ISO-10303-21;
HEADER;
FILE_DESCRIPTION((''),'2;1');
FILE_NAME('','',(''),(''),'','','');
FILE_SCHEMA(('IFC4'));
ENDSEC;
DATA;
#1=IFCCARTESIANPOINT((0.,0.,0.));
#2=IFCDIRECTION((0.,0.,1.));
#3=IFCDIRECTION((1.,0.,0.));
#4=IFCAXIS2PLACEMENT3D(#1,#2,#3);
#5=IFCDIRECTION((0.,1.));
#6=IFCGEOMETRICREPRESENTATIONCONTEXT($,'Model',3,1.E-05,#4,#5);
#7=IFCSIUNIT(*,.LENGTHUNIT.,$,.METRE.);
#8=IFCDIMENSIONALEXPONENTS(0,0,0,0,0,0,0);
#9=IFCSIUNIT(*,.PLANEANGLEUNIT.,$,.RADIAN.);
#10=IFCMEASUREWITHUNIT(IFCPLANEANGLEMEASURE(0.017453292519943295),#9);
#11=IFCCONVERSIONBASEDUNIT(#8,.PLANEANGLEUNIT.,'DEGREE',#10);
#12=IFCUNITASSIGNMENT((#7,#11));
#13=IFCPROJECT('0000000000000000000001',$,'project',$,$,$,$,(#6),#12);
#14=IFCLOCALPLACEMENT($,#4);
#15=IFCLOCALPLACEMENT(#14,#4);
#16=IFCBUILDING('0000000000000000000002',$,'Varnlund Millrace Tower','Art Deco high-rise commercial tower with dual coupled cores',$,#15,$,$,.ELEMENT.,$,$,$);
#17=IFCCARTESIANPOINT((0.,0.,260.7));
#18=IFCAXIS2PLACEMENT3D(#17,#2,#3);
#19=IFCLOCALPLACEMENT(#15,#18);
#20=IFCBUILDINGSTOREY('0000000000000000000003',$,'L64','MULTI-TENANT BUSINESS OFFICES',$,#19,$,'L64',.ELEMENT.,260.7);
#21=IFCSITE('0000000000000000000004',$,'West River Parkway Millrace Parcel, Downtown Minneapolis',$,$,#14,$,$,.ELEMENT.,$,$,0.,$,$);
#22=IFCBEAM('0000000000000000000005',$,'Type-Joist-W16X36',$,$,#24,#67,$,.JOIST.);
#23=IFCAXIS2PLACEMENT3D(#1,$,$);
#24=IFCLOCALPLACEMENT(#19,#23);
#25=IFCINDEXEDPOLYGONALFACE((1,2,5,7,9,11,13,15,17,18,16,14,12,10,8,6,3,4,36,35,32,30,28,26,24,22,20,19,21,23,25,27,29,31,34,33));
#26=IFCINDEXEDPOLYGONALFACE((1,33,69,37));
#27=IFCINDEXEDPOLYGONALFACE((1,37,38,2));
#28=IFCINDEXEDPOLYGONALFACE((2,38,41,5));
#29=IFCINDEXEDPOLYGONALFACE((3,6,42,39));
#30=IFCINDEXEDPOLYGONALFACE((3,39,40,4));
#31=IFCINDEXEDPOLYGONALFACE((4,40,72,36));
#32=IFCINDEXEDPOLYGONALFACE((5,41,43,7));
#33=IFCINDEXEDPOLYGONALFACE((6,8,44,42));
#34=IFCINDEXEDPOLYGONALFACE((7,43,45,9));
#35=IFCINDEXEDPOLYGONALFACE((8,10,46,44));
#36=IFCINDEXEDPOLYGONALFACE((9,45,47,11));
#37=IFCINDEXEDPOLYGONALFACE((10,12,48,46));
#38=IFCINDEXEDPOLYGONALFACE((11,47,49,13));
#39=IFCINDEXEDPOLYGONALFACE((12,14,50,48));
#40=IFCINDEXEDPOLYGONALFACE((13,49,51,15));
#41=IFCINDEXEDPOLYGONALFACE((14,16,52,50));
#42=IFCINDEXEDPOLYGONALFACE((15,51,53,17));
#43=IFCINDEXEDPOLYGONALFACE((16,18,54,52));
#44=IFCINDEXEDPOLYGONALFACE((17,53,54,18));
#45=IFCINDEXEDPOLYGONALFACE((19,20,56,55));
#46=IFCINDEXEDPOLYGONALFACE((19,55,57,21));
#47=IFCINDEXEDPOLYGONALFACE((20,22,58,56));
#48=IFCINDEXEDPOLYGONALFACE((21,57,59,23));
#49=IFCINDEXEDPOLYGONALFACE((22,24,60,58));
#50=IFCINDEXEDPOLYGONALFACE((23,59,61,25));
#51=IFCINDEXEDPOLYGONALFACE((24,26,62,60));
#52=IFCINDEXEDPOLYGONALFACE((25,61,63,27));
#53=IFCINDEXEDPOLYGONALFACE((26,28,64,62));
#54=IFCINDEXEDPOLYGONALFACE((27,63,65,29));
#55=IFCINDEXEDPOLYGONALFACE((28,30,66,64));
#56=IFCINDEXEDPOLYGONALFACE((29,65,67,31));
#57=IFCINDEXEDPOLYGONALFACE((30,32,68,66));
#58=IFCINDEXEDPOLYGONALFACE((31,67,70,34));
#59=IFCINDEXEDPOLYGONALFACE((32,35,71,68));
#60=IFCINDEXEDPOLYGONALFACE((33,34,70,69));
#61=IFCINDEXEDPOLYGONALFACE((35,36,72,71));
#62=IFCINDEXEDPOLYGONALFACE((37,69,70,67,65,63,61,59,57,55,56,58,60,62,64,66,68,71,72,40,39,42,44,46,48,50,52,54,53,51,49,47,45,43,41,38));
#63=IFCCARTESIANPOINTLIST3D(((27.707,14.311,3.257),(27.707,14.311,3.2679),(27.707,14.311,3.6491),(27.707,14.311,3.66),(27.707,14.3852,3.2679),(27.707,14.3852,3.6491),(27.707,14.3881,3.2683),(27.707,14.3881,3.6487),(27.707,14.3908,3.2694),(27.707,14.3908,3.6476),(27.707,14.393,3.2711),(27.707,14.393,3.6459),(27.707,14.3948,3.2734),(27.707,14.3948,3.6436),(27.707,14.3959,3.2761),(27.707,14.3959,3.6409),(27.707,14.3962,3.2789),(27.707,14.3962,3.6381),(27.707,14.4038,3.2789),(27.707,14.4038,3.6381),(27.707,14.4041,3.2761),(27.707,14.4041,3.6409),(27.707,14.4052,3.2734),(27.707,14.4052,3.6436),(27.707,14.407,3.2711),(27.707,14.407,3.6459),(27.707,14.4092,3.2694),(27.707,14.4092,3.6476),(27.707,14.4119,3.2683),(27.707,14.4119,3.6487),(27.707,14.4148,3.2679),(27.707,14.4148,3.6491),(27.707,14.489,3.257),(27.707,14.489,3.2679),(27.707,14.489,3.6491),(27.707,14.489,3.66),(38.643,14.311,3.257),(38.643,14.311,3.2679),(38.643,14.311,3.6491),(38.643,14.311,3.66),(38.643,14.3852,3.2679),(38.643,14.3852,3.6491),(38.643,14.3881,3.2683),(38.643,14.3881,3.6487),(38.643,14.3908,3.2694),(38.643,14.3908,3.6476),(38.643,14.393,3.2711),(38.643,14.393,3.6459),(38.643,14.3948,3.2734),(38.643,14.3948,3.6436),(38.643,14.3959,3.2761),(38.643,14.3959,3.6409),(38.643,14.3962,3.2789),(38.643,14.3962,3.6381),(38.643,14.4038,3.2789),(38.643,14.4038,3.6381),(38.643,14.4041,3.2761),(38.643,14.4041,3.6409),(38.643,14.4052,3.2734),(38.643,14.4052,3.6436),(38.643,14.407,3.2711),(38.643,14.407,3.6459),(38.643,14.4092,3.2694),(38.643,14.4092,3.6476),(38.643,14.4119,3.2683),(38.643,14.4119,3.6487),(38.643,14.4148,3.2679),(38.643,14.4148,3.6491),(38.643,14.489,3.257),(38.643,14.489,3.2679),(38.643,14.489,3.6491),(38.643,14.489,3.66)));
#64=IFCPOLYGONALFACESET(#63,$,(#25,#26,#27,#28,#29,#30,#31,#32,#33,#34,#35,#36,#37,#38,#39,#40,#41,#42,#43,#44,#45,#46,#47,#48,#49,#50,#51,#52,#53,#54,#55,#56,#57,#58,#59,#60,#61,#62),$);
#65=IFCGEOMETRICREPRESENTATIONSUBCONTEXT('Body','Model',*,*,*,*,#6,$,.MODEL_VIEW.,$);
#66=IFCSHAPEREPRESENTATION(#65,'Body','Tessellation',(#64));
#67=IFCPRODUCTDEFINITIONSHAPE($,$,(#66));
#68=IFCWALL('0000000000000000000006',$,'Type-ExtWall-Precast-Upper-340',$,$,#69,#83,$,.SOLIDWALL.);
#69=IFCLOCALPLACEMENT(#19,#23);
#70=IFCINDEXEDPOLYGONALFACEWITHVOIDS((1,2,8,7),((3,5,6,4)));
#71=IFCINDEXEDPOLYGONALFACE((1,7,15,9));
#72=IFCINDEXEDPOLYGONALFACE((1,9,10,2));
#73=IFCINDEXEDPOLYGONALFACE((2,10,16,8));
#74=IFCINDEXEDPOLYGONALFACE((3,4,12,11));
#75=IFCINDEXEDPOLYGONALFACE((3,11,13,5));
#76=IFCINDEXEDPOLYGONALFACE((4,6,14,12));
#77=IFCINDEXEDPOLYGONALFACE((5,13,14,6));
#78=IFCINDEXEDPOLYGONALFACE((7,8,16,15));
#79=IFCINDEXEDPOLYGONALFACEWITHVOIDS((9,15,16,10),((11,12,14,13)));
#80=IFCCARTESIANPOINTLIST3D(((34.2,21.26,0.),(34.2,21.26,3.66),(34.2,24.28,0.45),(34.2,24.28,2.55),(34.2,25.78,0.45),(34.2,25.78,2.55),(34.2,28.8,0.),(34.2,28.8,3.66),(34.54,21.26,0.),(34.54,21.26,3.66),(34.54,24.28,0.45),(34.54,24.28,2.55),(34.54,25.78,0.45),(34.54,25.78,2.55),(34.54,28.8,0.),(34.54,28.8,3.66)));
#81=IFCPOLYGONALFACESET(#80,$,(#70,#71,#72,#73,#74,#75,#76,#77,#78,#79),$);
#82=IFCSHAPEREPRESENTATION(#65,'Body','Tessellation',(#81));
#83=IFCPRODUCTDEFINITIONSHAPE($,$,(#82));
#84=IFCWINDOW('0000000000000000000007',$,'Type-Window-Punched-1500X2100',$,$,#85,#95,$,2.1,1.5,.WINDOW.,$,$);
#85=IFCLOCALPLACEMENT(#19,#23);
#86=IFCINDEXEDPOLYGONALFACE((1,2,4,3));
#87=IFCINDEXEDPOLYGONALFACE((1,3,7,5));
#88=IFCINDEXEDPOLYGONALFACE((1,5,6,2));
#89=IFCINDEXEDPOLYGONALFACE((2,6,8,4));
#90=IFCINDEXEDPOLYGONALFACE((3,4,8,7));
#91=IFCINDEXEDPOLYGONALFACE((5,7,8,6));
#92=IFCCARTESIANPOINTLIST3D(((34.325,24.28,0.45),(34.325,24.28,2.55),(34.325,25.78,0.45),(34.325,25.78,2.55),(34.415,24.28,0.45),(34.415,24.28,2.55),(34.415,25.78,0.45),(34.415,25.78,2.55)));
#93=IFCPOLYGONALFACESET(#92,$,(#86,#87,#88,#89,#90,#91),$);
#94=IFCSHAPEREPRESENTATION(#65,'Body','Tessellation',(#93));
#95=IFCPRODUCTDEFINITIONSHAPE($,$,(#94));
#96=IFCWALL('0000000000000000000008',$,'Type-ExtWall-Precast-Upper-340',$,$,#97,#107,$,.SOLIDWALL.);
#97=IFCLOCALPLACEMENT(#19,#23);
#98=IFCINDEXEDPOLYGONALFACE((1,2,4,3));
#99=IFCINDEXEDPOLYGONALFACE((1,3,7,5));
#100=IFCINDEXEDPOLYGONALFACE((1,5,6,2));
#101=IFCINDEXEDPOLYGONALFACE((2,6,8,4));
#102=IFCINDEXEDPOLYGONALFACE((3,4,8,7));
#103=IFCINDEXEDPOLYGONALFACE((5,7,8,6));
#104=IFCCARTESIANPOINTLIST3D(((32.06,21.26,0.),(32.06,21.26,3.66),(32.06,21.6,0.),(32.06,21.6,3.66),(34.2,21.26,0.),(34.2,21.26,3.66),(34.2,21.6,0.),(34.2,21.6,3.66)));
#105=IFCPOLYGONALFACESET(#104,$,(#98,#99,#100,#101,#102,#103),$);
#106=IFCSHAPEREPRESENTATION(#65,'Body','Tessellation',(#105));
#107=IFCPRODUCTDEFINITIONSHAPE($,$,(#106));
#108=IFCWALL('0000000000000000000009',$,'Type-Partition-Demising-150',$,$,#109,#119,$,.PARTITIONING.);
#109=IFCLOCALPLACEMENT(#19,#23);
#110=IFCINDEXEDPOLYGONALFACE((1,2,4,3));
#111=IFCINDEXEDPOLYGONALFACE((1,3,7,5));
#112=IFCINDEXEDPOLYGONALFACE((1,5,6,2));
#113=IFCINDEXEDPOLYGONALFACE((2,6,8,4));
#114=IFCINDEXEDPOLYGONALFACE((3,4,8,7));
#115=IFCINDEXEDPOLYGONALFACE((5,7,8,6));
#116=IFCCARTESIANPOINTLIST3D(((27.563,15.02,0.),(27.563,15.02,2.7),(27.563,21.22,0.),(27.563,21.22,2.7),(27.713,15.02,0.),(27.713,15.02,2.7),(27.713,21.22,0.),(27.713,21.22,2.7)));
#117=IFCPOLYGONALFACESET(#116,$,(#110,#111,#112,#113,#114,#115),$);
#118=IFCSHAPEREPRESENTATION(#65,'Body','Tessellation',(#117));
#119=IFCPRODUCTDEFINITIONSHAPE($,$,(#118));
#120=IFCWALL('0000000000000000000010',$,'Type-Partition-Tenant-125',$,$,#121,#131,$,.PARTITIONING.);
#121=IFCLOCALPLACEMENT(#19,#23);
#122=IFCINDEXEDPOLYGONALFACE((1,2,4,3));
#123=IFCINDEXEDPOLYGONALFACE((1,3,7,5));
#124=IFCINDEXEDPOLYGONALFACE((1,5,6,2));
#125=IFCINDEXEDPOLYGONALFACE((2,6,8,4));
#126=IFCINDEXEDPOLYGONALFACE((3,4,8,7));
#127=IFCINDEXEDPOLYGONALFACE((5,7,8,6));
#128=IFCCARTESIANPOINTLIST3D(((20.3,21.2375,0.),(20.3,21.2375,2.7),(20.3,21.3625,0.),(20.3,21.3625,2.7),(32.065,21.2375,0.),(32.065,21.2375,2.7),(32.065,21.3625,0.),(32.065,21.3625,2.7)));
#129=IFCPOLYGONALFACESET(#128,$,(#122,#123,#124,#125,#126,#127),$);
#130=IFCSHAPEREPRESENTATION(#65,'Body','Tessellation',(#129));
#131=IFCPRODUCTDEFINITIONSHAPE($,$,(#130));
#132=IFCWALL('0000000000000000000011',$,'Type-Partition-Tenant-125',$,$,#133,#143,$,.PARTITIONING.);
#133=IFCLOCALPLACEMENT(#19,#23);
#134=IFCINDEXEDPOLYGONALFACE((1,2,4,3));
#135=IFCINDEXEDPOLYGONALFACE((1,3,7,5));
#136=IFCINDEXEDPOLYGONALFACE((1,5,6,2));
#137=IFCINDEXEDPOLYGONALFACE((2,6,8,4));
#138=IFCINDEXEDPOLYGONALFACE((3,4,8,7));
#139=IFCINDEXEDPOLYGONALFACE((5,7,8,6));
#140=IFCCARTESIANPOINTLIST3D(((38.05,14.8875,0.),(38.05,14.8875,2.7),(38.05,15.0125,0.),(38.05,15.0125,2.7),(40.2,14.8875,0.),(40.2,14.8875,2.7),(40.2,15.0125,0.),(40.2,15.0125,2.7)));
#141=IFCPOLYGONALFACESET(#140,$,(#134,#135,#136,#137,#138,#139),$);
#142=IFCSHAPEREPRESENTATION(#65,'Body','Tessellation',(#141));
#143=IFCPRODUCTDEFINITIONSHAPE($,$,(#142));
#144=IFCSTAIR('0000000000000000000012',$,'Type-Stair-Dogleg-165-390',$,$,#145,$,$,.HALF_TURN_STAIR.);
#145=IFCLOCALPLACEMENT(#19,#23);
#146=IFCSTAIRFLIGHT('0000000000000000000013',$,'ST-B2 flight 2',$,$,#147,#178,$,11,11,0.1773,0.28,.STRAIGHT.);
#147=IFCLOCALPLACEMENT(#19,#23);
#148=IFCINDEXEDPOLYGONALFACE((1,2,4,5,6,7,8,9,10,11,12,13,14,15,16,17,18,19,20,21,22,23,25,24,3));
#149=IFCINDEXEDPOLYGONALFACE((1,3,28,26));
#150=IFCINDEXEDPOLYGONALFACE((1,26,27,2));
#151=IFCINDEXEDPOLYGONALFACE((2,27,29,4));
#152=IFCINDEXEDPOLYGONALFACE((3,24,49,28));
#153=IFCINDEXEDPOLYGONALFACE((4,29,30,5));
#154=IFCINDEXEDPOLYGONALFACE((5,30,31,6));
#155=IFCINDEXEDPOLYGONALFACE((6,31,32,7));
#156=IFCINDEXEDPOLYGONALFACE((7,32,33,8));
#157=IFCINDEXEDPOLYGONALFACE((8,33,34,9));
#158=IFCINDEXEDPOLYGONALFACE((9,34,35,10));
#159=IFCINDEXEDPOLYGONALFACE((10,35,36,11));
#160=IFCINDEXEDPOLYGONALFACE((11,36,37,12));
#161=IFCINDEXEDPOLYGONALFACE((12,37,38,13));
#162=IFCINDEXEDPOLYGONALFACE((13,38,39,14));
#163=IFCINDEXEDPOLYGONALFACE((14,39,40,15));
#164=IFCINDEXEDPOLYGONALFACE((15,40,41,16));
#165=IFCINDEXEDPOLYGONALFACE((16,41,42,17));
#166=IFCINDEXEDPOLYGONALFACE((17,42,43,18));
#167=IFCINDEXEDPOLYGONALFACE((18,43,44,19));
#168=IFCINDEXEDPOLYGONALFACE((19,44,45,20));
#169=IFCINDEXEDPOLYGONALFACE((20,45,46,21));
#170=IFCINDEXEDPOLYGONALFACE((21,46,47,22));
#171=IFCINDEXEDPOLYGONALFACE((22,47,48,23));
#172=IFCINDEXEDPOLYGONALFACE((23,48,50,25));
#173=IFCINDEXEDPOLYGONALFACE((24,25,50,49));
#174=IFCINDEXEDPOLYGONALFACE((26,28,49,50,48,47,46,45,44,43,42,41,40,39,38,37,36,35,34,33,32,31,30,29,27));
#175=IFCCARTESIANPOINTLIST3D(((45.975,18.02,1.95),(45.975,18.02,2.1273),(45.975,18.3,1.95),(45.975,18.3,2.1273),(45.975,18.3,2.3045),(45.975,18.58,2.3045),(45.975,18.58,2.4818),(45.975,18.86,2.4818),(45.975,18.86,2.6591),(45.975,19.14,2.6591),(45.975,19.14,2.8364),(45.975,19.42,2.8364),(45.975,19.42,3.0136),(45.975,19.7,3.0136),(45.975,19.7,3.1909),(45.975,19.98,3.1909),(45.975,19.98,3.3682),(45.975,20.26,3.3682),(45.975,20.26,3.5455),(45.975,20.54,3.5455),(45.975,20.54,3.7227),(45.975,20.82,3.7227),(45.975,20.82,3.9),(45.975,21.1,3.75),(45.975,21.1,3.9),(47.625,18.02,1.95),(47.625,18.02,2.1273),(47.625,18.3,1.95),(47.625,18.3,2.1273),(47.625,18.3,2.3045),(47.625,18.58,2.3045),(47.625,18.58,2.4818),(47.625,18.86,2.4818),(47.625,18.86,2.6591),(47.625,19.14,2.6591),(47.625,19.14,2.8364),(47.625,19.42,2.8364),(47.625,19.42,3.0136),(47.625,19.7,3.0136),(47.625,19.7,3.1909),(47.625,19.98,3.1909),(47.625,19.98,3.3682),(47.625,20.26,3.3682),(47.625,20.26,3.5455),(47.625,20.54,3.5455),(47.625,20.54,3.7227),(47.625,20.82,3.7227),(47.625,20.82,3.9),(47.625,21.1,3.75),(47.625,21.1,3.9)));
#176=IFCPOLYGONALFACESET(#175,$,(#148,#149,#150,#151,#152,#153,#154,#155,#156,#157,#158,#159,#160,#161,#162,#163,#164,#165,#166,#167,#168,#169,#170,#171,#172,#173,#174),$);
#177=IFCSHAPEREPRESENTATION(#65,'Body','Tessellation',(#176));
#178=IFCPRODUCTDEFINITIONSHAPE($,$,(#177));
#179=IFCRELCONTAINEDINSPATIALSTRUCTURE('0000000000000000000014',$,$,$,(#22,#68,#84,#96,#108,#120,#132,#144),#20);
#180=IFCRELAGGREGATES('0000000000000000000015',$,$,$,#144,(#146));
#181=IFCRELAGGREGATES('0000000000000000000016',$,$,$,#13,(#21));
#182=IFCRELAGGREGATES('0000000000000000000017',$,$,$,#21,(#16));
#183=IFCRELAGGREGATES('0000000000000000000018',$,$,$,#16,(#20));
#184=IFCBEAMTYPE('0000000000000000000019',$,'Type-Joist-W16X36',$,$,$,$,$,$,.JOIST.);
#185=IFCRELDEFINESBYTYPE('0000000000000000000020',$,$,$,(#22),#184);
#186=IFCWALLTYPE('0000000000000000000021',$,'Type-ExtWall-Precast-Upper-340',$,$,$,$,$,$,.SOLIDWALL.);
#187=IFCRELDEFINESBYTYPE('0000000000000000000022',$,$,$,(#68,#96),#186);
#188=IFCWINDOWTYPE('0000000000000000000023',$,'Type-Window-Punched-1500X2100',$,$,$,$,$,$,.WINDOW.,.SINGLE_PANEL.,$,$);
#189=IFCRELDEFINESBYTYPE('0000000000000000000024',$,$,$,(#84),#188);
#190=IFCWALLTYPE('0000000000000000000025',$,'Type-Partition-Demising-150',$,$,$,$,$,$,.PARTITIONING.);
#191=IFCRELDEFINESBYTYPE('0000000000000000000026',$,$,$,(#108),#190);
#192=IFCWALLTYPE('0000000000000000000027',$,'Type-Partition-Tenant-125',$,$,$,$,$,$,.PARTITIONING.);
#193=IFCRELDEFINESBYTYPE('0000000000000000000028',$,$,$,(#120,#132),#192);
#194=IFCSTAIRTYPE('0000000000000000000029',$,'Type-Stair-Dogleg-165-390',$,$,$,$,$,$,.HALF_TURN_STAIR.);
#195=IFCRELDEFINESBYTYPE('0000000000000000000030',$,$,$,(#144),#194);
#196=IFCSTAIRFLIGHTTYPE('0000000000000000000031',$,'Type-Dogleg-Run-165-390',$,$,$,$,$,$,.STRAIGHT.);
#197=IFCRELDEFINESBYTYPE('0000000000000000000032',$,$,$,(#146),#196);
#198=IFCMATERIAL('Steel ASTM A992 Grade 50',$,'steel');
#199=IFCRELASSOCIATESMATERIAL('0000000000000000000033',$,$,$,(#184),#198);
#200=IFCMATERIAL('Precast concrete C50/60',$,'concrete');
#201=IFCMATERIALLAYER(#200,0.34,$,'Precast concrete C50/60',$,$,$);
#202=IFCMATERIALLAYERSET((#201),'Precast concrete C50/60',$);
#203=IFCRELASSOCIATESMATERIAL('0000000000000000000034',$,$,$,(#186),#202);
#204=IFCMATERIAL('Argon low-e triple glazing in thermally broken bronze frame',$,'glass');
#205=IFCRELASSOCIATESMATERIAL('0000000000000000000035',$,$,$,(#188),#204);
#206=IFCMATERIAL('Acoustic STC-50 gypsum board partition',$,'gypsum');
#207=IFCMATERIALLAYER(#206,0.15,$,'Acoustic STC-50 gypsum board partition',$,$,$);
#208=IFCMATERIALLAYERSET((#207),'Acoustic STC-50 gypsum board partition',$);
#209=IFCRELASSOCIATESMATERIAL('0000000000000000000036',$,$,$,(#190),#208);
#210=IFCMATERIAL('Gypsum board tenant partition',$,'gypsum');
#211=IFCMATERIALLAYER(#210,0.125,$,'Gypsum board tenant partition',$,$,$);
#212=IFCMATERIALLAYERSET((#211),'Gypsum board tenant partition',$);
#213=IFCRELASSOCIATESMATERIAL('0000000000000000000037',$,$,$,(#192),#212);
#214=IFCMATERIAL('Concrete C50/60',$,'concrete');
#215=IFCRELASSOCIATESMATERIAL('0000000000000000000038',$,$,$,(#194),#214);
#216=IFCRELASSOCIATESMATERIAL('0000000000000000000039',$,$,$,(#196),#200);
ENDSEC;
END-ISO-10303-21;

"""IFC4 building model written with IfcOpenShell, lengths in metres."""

from ifc_helpers import new_model, entity, si_unit, converted_unit, direction, frame, origin_with_axes, origin_2d_with_axis, place, context, subcontext, project, spatial, polyline, rectangle, i_section, outline, extrude, material, layer, layer_set, material_profile, profile_set, type_object, element, fill, aggregate, save


model = new_model("IFC4")

# Units and contexts
model_context = context("Model", 3, precision=1e-05, world=origin_with_axes(), true_north=direction((0.0, 1.0)))
body_context = subcontext(model_context, "Body", "Model", "MODEL_VIEW")
ifc_project = project(units=[si_unit("LENGTHUNIT", "METRE"), converted_unit("PLANEANGLEUNIT", "DEGREE", entity("IfcPlaneAngleMeasure", 0.017453292519943295), si_unit("PLANEANGLEUNIT", "RADIAN"), dimensions=[0, 0, 0, 0, 0, 0, 0])], contexts=[model_context])

# Site, building, storey
site_placement = place(None, origin_with_axes())
site = spatial("IfcSite", under=ifc_project, at=site_placement, Name="West River Parkway Millrace Parcel, Downtown Minneapolis", CompositionType="ELEMENT", RefElevation=0.0)
building_placement = place(site_placement, origin_with_axes())
building = spatial("IfcBuilding", under=site, at=building_placement, Name="Varnlund Millrace Tower", Description="Art Deco high-rise commercial tower with dual coupled cores", CompositionType="ELEMENT")
storey_placement = place(building_placement, frame((0.0, 0.0, 260.7), z_axis=(0.0, 0.0, 1.0), x_axis=(1.0, 0.0, 0.0)))
storey = spatial("IfcBuildingStorey", under=building, at=storey_placement, Name="L64", Description="MULTI-TENANT BUSINESS OFFICES", LongName="L64", CompositionType="ELEMENT", Elevation=260.7)

# Beam
ifc_material_1 = material(Name="Steel ASTM A992 Grade 50", Category="steel")
ifc_material_profile_1 = material_profile(ifc_material_1, i_section(OverallWidth=0.178, OverallDepth=0.403, WebThickness=0.0075, FlangeThickness=0.0109, FilletRadius=0.011, at=origin_2d_with_axis()), Name="Steel ASTM A992 Grade 50")
ifc_profile_set_1 = profile_set([ifc_material_profile_1], Name="Steel ASTM A992 Grade 50")
beam_type_1 = type_object("IfcBeamType", Name="Type-Joist-W16X36", PredefinedType="JOIST", material=ifc_profile_set_1)
beam_1_placement = place(storey_placement, frame((27.707, 14.4, 3.4585), z_axis=(1.0, 0.0, 0.0), x_axis=(0.0, 1.0, 0.0)))
element("IfcBeam", 1, at=beam_1_placement, inside=storey, type_object=beam_type_1, Name="Type-Joist-W16X36", PredefinedType="JOIST", context=body_context, shape_type="SweptSolid", body=[
    extrude(i_section(OverallWidth=0.178, OverallDepth=0.403, WebThickness=0.0075, FlangeThickness=0.0109, FilletRadius=0.011, at=origin_2d_with_axis()), origin_with_axes(), (0.0, 0.0, 1.0), 10.936),
])

# Wall, opening, window
ifc_material_2 = material(Name="Precast concrete C50/60", Category="concrete")
ifc_layer_1 = layer(ifc_material_2, 0.34, Name="Precast concrete C50/60")
ifc_layer_set_1 = layer_set([ifc_layer_1], Name="Precast concrete C50/60")
wall_type_1 = type_object("IfcWallType", Name="Type-ExtWall-Precast-Upper-340", PredefinedType="SOLIDWALL", material=ifc_layer_set_1)
wall_1_placement = place(storey_placement, frame((34.37, 21.26, 0.0), z_axis=(0.0, 0.0, 1.0), x_axis=(0.0, 1.0, 0.0)))
wall_1 = element("IfcWall", 2, at=wall_1_placement, inside=storey, type_object=wall_type_1, Name="Type-ExtWall-Precast-Upper-340", PredefinedType="SOLIDWALL", context=body_context, shape_type="SweptSolid", body=[
    extrude(outline(polyline([(0.0, -0.17), (7.54, -0.17), (7.54, 0.17), (0.0, 0.17), (0.0, -0.17)])), origin_with_axes(), (0.0, 0.0, 1.0), 3.66),
])
opening_placement = place(wall_1_placement, frame((3.77, 0.0, 0.45), z_axis=(0.0, 0.0, 1.0), x_axis=(1.0, 0.0, 0.0)))
opening = element("IfcOpeningElement", 3, at=opening_placement, cuts=wall_1, PredefinedType="OPENING", context=body_context, shape_type="SweptSolid", body=[
    extrude(rectangle(XDim=1.5, YDim=0.36, at=origin_2d_with_axis()), origin_with_axes(), (0.0, 0.0, 1.0), 2.1),
])
ifc_material_3 = material(Name="Argon low-e triple glazing in thermally broken bronze frame", Category="glass")
window_type = type_object("IfcWindowType", Name="Type-Window-Punched-1500X2100", PartitioningType="SINGLE_PANEL", PredefinedType="WINDOW", material=ifc_material_3)
window_placement = place(wall_1_placement, frame((3.77, 0.0, 0.45), z_axis=(0.0, 0.0, 1.0), x_axis=(1.0, 0.0, 0.0)))
window = element("IfcWindow", 4, at=window_placement, inside=storey, type_object=window_type, Name="Type-Window-Punched-1500X2100", OverallHeight=2.1, OverallWidth=1.5, PredefinedType="WINDOW", context=body_context, shape_type="SweptSolid", body=[
    extrude(rectangle(XDim=1.5, YDim=0.09, at=origin_2d_with_axis()), origin_with_axes(), (0.0, 0.0, 1.0), 2.1),
])
fill(opening, window)

# Walls
wall_2_placement = place(storey_placement, frame((32.06, 21.43, 0.0), z_axis=(0.0, 0.0, 1.0), x_axis=(1.0, 0.0, 0.0)))
element("IfcWall", 5, at=wall_2_placement, inside=storey, type_object=wall_type_1, Name="Type-ExtWall-Precast-Upper-340", PredefinedType="SOLIDWALL", context=body_context, shape_type="SweptSolid", body=[
    extrude(outline(polyline([(0.0, -0.17), (2.14, -0.17), (2.14, 0.17), (0.0, 0.17), (0.0, -0.17)])), origin_with_axes(), (0.0, 0.0, 1.0), 3.66),
])
ifc_material_4 = material(Name="Acoustic STC-50 gypsum board partition", Category="gypsum")
ifc_layer_2 = layer(ifc_material_4, 0.15, Name="Acoustic STC-50 gypsum board partition")
ifc_layer_set_2 = layer_set([ifc_layer_2], Name="Acoustic STC-50 gypsum board partition")
wall_type_2 = type_object("IfcWallType", Name="Type-Partition-Demising-150", PredefinedType="PARTITIONING", material=ifc_layer_set_2)
wall_3_placement = place(storey_placement, frame((27.638, 15.02, 0.0), z_axis=(0.0, 0.0, 1.0), x_axis=(0.0, 1.0, 0.0)))
element("IfcWall", 6, at=wall_3_placement, inside=storey, type_object=wall_type_2, Name="Type-Partition-Demising-150", PredefinedType="PARTITIONING", context=body_context, shape_type="SweptSolid", body=[
    extrude(outline(polyline([(0.0, -0.075), (6.2, -0.075), (6.2, 0.075), (0.0, 0.075), (0.0, -0.075)])), origin_with_axes(), (0.0, 0.0, 1.0), 2.7),
])
ifc_material_5 = material(Name="Gypsum board tenant partition", Category="gypsum")
ifc_layer_3 = layer(ifc_material_5, 0.125, Name="Gypsum board tenant partition")
ifc_layer_set_3 = layer_set([ifc_layer_3], Name="Gypsum board tenant partition")
wall_type_3 = type_object("IfcWallType", Name="Type-Partition-Tenant-125", PredefinedType="PARTITIONING", material=ifc_layer_set_3)
wall_4_placement = place(storey_placement, frame((20.3, 21.3, 0.0), z_axis=(0.0, 0.0, 1.0), x_axis=(1.0, 0.0, 0.0)))
element("IfcWall", 7, at=wall_4_placement, inside=storey, type_object=wall_type_3, Name="Type-Partition-Tenant-125", PredefinedType="PARTITIONING", context=body_context, shape_type="SweptSolid", body=[
    extrude(outline(polyline([(0.0, -0.0625), (11.765, -0.0625), (11.765, 0.0625), (0.0, 0.0625), (0.0, -0.0625)])), origin_with_axes(), (0.0, 0.0, 1.0), 2.7),
])
wall_5_placement = place(storey_placement, frame((38.05, 14.95, 0.0), z_axis=(0.0, 0.0, 1.0), x_axis=(1.0, 0.0, 0.0)))
element("IfcWall", 8, at=wall_5_placement, inside=storey, type_object=wall_type_3, Name="Type-Partition-Tenant-125", PredefinedType="PARTITIONING", context=body_context, shape_type="SweptSolid", body=[
    extrude(outline(polyline([(0.0, -0.0625), (2.15, -0.0625), (2.15, 0.0625), (0.0, 0.0625), (0.0, -0.0625)])), origin_with_axes(), (0.0, 0.0, 1.0), 2.7),
])

# Stair, stair flight
ifc_material_6 = material(Name="Concrete C50/60", Category="concrete")
stair_type = type_object("IfcStairType", Name="Type-Stair-Dogleg-165-390", PredefinedType="HALF_TURN_STAIR", material=ifc_material_6)
stair_placement = place(storey_placement, origin_with_axes())
stair = element("IfcStair", 9, at=stair_placement, inside=storey, type_object=stair_type, Name="Type-Stair-Dogleg-165-390", PredefinedType="HALF_TURN_STAIR")
stair_flight_type = type_object("IfcStairFlightType", Name="Type-Dogleg-Run-165-390", PredefinedType="STRAIGHT", material=ifc_material_2)
stair_flight_placement = place(storey_placement, frame((45.975, 18.02, 1.95), z_axis=(1.0, 0.0, 0.0), x_axis=(0.0, 1.0, 0.0)))
stair_flight = element("IfcStairFlight", 10, at=stair_flight_placement, type_object=stair_flight_type, Name="ST-B2 flight 2", NumberOfRisers=11, NumberOfTreads=11, PredefinedType="STRAIGHT", RiserHeight=0.1773, TreadLength=0.28, context=body_context, shape_type="SweptSolid", body=[
    extrude(outline(polyline([(0.0, 0.0), (0.0, 0.1773), (0.28, 0.1773), (0.28, 0.3545), (0.56, 0.3545), (0.56, 0.5318), (0.84, 0.5318), (0.84, 0.7091), (1.12, 0.7091), (1.12, 0.8864), (1.4, 0.8864), (1.4, 1.0636), (1.68, 1.0636), (1.68, 1.2409), (1.96, 1.2409), (1.96, 1.4182), (2.24, 1.4182), (2.24, 1.5955), (2.52, 1.5955), (2.52, 1.7727), (2.8, 1.7727), (2.8, 1.95), (3.08, 1.95), (3.08, 1.8), (0.28, 0.0), (0.0, 0.0)])), origin_with_axes(), (0.0, 0.0, 1.0), 1.65),
])
aggregate(stair, [stair_flight])

save(model, "model.ifc")
